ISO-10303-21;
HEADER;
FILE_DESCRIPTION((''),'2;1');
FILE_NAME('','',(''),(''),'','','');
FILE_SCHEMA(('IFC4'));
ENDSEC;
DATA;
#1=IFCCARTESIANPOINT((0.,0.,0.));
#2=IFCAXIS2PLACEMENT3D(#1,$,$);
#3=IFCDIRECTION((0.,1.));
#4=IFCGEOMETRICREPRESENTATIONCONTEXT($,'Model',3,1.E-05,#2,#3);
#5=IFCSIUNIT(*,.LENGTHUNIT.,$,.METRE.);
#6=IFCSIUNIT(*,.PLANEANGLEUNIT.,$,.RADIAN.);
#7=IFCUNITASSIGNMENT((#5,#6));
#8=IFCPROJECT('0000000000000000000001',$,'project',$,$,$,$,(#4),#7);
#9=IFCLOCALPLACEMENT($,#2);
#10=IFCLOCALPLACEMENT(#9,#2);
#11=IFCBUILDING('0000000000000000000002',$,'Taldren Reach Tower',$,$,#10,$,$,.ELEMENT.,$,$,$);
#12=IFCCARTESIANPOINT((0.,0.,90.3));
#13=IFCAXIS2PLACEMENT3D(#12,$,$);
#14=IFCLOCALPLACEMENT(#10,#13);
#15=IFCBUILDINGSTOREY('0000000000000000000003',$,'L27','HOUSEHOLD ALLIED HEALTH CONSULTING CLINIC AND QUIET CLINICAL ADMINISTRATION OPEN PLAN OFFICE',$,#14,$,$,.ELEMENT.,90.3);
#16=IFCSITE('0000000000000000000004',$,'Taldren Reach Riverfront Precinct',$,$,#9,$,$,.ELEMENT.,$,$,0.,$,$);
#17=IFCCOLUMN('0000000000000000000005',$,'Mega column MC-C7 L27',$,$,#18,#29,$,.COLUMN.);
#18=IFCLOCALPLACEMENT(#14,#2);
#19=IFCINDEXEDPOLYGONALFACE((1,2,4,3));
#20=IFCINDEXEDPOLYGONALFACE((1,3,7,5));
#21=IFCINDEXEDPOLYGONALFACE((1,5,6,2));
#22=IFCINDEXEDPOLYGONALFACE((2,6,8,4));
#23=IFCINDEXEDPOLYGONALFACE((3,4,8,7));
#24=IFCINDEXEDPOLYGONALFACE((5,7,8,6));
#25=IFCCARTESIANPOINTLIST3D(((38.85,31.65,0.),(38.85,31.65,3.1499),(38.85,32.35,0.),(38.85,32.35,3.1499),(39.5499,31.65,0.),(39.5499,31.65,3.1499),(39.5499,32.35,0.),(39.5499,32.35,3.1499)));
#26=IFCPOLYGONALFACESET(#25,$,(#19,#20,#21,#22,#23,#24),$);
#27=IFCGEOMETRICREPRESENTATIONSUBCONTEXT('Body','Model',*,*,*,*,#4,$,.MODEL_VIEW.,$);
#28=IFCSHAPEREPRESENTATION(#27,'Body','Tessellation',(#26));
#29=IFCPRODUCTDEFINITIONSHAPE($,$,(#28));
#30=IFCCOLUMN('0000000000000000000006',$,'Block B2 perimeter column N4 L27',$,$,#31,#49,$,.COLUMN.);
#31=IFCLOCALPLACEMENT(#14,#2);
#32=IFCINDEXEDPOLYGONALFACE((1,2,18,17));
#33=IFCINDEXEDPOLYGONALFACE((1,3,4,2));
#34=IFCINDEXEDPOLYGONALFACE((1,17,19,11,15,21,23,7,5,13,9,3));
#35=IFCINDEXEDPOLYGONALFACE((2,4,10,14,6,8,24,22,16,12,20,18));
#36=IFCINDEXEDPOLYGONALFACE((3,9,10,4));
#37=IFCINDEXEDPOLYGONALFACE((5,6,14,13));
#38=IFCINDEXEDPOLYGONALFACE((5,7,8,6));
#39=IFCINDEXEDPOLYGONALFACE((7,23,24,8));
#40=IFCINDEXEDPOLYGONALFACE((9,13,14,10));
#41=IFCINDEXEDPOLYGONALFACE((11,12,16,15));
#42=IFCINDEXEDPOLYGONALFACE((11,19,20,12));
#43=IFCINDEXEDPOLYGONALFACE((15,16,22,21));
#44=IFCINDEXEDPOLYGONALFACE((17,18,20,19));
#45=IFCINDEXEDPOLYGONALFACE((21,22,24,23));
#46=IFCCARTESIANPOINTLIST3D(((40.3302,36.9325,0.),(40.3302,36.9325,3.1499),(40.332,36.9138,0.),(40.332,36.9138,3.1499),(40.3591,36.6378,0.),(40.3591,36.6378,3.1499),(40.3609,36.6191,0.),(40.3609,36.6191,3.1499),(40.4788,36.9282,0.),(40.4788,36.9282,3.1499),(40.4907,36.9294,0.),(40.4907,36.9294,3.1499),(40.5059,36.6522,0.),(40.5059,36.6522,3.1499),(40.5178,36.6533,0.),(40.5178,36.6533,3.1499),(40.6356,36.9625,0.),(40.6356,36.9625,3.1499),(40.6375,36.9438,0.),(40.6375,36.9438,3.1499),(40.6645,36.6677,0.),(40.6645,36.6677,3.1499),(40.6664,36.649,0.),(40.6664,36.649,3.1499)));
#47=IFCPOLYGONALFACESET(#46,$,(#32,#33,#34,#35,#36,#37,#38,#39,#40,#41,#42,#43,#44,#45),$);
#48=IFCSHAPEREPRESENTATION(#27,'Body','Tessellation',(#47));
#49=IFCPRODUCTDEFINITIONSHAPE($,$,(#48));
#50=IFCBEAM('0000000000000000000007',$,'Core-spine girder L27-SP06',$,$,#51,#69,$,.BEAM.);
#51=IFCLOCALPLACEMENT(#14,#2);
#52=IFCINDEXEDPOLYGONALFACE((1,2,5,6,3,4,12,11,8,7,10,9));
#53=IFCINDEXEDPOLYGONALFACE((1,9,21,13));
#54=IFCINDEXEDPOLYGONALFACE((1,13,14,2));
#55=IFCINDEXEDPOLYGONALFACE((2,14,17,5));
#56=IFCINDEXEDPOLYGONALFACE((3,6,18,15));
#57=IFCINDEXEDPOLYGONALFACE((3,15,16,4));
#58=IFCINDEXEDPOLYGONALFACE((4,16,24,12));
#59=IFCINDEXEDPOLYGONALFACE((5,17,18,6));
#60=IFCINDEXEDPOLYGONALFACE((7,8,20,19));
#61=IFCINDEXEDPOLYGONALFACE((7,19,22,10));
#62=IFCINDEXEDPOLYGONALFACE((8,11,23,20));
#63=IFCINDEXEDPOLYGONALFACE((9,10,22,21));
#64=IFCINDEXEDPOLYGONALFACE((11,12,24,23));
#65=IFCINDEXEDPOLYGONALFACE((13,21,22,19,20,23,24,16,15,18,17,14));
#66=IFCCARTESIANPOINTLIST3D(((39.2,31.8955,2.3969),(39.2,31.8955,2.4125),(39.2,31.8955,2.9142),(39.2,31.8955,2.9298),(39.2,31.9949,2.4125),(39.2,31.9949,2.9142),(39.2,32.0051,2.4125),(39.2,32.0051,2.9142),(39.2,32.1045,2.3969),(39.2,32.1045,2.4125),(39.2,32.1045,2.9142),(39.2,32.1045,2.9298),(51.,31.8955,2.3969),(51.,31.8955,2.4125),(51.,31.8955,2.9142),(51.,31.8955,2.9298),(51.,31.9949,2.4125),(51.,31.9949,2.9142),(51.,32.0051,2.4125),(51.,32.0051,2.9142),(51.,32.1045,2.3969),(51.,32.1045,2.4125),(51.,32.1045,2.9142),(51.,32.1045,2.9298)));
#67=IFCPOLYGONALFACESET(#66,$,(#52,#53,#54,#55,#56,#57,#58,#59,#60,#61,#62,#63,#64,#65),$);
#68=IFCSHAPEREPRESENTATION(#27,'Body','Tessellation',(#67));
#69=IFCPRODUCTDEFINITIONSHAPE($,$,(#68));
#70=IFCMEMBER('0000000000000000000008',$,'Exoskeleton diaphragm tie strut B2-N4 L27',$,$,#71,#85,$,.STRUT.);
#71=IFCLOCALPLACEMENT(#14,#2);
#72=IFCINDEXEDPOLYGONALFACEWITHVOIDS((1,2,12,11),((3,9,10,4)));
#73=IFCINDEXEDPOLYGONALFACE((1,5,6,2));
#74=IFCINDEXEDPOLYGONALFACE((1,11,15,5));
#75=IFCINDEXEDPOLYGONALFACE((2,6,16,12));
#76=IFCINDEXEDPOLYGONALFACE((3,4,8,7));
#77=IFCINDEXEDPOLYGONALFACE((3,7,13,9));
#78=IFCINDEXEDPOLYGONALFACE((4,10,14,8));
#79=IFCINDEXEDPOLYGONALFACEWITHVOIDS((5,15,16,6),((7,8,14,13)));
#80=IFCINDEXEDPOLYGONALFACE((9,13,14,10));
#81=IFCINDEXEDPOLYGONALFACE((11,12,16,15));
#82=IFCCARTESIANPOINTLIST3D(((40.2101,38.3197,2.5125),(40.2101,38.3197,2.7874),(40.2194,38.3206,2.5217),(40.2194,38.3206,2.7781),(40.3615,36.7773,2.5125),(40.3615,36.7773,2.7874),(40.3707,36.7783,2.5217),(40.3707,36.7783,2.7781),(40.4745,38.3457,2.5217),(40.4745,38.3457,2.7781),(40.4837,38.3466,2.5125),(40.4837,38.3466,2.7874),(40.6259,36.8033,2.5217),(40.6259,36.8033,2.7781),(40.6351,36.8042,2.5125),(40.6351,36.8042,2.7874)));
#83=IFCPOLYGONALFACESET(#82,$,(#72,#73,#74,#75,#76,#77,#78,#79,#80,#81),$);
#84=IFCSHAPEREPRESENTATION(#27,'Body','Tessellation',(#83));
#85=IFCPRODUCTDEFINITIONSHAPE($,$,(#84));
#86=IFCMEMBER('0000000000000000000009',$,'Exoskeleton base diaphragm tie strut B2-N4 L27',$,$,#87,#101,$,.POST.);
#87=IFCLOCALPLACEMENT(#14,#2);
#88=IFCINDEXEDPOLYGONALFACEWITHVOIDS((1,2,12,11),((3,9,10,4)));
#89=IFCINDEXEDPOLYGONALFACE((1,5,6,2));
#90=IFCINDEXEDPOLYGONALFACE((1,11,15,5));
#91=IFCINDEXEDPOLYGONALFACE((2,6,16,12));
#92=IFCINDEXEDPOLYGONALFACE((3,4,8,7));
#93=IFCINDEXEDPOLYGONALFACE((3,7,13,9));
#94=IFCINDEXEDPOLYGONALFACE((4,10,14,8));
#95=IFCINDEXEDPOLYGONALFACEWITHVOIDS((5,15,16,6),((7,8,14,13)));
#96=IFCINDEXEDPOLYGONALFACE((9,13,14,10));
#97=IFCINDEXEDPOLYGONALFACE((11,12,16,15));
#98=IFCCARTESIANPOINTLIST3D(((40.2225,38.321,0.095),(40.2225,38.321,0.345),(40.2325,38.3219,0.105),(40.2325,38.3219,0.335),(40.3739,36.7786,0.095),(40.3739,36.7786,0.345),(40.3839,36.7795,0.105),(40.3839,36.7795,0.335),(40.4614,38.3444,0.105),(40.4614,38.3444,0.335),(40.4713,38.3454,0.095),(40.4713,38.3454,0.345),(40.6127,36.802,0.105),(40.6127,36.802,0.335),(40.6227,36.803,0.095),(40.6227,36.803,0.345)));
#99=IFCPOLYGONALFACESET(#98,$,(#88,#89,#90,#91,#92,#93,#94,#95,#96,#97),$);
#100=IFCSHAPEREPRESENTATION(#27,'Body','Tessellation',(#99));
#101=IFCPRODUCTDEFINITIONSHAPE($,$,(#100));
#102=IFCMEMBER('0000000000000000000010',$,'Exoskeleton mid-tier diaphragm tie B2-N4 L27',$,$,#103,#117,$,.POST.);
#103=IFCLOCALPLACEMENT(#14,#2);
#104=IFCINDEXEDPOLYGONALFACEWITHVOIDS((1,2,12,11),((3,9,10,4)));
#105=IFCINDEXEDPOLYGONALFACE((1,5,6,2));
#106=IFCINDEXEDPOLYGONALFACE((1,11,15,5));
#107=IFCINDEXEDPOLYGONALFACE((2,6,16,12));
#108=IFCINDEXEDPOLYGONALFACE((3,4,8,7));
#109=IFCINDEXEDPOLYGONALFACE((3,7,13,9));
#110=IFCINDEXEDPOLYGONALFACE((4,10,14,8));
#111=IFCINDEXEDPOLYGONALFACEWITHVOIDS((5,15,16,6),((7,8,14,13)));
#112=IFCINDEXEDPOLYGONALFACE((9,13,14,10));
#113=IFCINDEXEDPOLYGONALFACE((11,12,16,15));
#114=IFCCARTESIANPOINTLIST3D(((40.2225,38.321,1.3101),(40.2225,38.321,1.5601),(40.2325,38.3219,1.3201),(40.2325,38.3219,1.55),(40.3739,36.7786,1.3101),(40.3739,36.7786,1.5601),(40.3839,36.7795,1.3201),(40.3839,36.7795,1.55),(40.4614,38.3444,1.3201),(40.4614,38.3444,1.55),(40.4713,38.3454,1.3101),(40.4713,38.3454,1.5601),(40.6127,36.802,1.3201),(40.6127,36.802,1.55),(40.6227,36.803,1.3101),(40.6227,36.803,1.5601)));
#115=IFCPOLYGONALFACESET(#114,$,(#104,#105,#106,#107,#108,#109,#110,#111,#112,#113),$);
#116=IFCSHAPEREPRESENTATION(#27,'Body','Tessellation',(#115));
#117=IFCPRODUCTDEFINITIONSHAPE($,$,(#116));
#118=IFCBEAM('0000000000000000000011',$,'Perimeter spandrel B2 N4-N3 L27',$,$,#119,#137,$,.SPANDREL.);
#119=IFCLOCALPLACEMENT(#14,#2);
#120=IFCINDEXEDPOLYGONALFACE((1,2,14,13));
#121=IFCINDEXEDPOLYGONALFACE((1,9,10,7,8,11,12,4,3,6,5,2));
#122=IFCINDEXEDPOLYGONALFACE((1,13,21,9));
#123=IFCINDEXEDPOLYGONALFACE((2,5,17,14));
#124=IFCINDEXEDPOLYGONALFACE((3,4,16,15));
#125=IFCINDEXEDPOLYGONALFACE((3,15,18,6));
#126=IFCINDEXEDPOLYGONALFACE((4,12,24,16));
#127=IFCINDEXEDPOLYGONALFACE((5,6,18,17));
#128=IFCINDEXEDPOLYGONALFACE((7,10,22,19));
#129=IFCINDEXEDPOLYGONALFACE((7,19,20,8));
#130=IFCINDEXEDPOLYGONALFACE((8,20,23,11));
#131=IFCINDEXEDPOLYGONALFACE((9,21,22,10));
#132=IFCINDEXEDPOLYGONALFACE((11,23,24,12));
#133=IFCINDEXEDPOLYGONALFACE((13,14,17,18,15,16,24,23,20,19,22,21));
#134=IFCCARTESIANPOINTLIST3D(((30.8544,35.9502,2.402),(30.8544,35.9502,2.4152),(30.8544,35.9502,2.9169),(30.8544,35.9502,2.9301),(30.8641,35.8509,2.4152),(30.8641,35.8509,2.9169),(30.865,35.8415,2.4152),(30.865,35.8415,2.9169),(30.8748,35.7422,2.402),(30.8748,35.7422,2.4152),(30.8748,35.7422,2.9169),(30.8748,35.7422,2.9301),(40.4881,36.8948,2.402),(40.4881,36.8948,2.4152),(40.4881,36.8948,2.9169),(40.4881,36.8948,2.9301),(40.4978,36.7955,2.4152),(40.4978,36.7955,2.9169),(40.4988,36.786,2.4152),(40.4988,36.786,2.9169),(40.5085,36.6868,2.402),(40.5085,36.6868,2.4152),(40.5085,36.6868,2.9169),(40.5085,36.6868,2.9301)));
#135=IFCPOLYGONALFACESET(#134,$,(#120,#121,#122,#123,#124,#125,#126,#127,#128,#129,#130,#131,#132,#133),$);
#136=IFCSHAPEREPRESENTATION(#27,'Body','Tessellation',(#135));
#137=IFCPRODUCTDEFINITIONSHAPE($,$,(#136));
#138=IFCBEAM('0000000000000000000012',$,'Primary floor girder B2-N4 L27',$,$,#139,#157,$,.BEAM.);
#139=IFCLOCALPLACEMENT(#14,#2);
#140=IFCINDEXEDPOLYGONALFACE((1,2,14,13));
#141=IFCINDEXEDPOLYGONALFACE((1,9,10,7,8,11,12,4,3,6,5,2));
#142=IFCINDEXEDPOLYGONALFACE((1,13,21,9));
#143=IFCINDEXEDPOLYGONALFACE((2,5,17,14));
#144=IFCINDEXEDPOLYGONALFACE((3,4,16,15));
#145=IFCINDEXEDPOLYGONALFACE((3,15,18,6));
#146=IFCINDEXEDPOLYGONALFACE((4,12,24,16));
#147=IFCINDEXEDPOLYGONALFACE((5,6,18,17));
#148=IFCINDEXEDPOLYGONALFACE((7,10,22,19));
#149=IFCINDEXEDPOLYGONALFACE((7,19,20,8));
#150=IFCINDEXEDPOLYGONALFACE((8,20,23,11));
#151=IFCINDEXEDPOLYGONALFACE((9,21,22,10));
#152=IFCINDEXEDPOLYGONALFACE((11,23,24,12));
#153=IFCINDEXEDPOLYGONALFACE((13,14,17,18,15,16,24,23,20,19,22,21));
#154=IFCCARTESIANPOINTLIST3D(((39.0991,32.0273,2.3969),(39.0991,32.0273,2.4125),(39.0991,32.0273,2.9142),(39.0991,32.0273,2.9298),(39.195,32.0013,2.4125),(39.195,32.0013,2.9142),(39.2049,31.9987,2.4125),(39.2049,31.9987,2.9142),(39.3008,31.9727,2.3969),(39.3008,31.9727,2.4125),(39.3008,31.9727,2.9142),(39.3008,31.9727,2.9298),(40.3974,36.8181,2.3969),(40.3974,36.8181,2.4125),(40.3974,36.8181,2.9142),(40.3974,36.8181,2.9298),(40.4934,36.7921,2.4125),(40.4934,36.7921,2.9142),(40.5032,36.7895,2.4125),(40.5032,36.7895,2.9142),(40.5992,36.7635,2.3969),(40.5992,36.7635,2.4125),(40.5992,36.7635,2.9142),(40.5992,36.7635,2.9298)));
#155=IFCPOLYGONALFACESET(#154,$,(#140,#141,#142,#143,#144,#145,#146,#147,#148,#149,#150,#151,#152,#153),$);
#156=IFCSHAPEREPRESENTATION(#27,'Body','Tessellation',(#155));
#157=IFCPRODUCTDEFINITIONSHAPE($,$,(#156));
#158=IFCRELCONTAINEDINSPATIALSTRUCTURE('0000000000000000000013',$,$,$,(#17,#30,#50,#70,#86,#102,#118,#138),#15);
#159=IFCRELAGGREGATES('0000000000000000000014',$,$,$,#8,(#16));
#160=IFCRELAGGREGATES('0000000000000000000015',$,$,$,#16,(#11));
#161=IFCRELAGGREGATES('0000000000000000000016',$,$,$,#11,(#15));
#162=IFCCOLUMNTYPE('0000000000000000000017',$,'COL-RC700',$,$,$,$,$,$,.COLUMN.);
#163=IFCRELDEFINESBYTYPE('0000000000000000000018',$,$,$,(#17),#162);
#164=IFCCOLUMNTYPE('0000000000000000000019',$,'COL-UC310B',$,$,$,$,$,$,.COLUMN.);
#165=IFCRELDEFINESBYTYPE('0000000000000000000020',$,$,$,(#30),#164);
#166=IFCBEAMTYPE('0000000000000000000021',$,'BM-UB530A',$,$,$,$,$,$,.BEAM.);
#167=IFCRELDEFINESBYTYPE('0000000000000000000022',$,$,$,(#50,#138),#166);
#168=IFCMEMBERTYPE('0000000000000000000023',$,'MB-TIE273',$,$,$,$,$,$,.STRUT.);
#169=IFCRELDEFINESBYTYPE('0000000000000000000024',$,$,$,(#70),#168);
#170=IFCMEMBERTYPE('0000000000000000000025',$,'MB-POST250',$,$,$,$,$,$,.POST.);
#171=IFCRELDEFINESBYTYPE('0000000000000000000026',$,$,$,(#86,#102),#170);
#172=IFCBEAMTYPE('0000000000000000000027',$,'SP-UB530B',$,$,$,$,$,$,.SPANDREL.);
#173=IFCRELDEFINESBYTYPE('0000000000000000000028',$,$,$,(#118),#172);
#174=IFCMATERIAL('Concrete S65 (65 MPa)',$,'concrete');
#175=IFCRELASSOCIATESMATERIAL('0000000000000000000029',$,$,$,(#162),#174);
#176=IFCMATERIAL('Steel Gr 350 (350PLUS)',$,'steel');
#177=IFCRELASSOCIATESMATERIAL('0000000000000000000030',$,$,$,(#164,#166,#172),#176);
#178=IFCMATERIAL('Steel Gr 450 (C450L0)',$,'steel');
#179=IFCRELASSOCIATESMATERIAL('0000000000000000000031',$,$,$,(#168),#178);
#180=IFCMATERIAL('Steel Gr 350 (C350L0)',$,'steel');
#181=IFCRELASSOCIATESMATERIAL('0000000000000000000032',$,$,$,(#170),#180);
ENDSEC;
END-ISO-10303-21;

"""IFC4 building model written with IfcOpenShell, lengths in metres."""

from ifc_helpers import new_model, si_unit, direction, frame, origin, origin_2d, place, context, subcontext, project, spatial, rectangle, hollow_rectangle, i_section, extrude, source, transform, mapped, material, material_profile, profile_set, type_object, element, save


model = new_model("IFC4")

# Units and contexts
model_context = context("Model", 3, precision=1e-05, world=origin(), true_north=direction((0.0, 1.0)))
body_context = subcontext(model_context, "Body", "Model", "MODEL_VIEW")
ifc_project = project(units=[si_unit("LENGTHUNIT", "METRE"), si_unit("PLANEANGLEUNIT", "RADIAN")], contexts=[model_context])

# Site, building, storey
site_placement = place(None, origin())
site = spatial("IfcSite", under=ifc_project, at=site_placement, Name="Taldren Reach Riverfront Precinct", CompositionType="ELEMENT", RefElevation=0.0)
building_placement = place(site_placement, origin())
building = spatial("IfcBuilding", under=site, at=building_placement, Name="Taldren Reach Tower", CompositionType="ELEMENT")
storey_placement = place(building_placement, frame((0.0, 0.0, 90.3)))
storey = spatial("IfcBuildingStorey", under=building, at=storey_placement, Name="L27", Description="HOUSEHOLD ALLIED HEALTH CONSULTING CLINIC AND QUIET CLINICAL ADMINISTRATION OPEN PLAN OFFICE", CompositionType="ELEMENT", Elevation=90.3)

# Columns
ifc_material_1 = material(Name="Concrete S65 (65 MPa)", Category="concrete")
ifc_material_profile_1 = material_profile(ifc_material_1, rectangle(XDim=0.7, YDim=0.7, at=origin_2d()), Name="RC-700x700")
ifc_profile_set_1 = profile_set([ifc_material_profile_1], Name="Concrete S65 (65 MPa)")
column_type_1 = type_object("IfcColumnType", Name="COL-RC700", PredefinedType="COLUMN", material=ifc_profile_set_1)
shared_shape_1 = source(origin(), body_context, "Body", "SweptSolid", [
    extrude(rectangle(XDim=0.7, YDim=0.7, at=origin_2d()), origin(), (0.0, 0.0, 1.0), 3.1499),
])
column_1_placement = place(storey_placement, frame((39.2, 32.0, 0.0), z_axis=(0.0, 0.0, 1.0), x_axis=(1.0, 0.0, 0.0)))
element("IfcColumn", 1, at=column_1_placement, inside=storey, type_object=column_type_1, Name="Mega column MC-C7 L27", PredefinedType="COLUMN", context=body_context, shape_type="MappedRepresentation", body=[
    mapped(shared_shape_1, transform((0.0, 0.0, 0.0), scale=1.0)),
])
ifc_material_2 = material(Name="Steel Gr 350 (350PLUS)", Category="steel")
ifc_material_profile_2 = material_profile(ifc_material_2, i_section(OverallWidth=0.3069, OverallDepth=0.3149, WebThickness=0.012, FlangeThickness=0.0188, at=origin_2d()), Name="310UC118")
ifc_profile_set_2 = profile_set([ifc_material_profile_2], Name="Steel Gr 350 (350PLUS)")
column_type_2 = type_object("IfcColumnType", Name="COL-UC310B", PredefinedType="COLUMN", material=ifc_profile_set_2)
shared_shape_2 = source(origin(), body_context, "Body", "SweptSolid", [
    extrude(i_section(OverallWidth=0.3069, OverallDepth=0.3149, WebThickness=0.012, FlangeThickness=0.0188, at=origin_2d()), origin(), (0.0, 0.0, 1.0), 3.1499),
])
column_2_placement = place(storey_placement, frame((40.4983, 36.7908, 0.0), z_axis=(0.0, 0.0, 1.0), x_axis=(0.995227, 0.097583, 0.0)))
element("IfcColumn", 2, at=column_2_placement, inside=storey, type_object=column_type_2, Name="Block B2 perimeter column N4 L27", PredefinedType="COLUMN", context=body_context, shape_type="MappedRepresentation", body=[
    mapped(shared_shape_2, transform((0.0, 0.0, 0.0), scale=1.0)),
])

# Beam
ifc_material_profile_3 = material_profile(ifc_material_2, i_section(OverallWidth=0.209, OverallDepth=0.533, WebThickness=0.0103, FlangeThickness=0.0156, at=origin_2d()), Name="530UB92.4")
ifc_profile_set_3 = profile_set([ifc_material_profile_3], Name="Steel Gr 350 (350PLUS)")
beam_type_1 = type_object("IfcBeamType", Name="BM-UB530A", PredefinedType="BEAM", material=ifc_profile_set_3)
shared_shape_3 = source(origin(), body_context, "Body", "SweptSolid", [
    extrude(i_section(OverallWidth=0.209, OverallDepth=0.533, WebThickness=0.0103, FlangeThickness=0.0156, at=origin_2d()), origin(), (0.0, 0.0, 1.0), 11.8),
])
beam_1_placement = place(storey_placement, frame((39.2, 32.0, 2.6633), z_axis=(1.0, 0.0, 0.0), x_axis=(0.0, 1.0, 0.0)))
element("IfcBeam", 3, at=beam_1_placement, inside=storey, type_object=beam_type_1, Name="Core-spine girder L27-SP06", PredefinedType="BEAM", context=body_context, shape_type="MappedRepresentation", body=[
    mapped(shared_shape_3, transform((0.0, 0.0, 0.0), scale=1.0)),
])

# Members
ifc_material_3 = material(Name="Steel Gr 450 (C450L0)", Category="steel")
ifc_material_profile_4 = material_profile(ifc_material_3, hollow_rectangle(XDim=0.2749, YDim=0.2749, WallThickness=0.0093, at=origin_2d()), Name="275x275x9.3SHS")
ifc_profile_set_4 = profile_set([ifc_material_profile_4], Name="Steel Gr 450 (C450L0)")
member_type_1 = type_object("IfcMemberType", Name="MB-TIE273", PredefinedType="STRUT", material=ifc_profile_set_4)
shared_shape_4 = source(origin(), body_context, "Body", "SweptSolid", [
    extrude(hollow_rectangle(XDim=0.2749, YDim=0.2749, WallThickness=0.0093, at=origin_2d()), origin(), (0.0, 0.0, 1.0), 1.5498),
])
member_1_placement = place(storey_placement, frame((40.4983, 36.7908, 2.6499), z_axis=(-0.097663, 0.99522, 0.0), x_axis=(-0.99522, -0.097663, 0.0)))
element("IfcMember", 4, at=member_1_placement, inside=storey, type_object=member_type_1, Name="Exoskeleton diaphragm tie strut B2-N4 L27", PredefinedType="STRUT", context=body_context, shape_type="MappedRepresentation", body=[
    mapped(shared_shape_4, transform((0.0, 0.0, 0.0), scale=1.0)),
])
ifc_material_4 = material(Name="Steel Gr 350 (C350L0)", Category="steel")
ifc_material_profile_5 = material_profile(ifc_material_4, hollow_rectangle(XDim=0.25, YDim=0.25, WallThickness=0.01, at=origin_2d()), Name="250x250x10.0SHS")
ifc_profile_set_5 = profile_set([ifc_material_profile_5], Name="Steel Gr 350 (C350L0)")
member_type_2 = type_object("IfcMemberType", Name="MB-POST250", PredefinedType="POST", material=ifc_profile_set_5)
shared_shape_5 = source(origin(), body_context, "Body", "SweptSolid", [
    extrude(hollow_rectangle(XDim=0.25, YDim=0.25, WallThickness=0.01, at=origin_2d()), origin(), (0.0, 0.0, 1.0), 1.5498),
])
for number, where, z_axis, x_axis, name in (
    (5, (40.4983, 36.7908, 0.22), (-0.097663, 0.99522, 0.0), (-0.99522, -0.097663, 0.0), "Exoskeleton base diaphragm tie strut B2-N4 L27"),
    (6, (40.4983, 36.7908, 1.4351), (-0.097663, 0.99522, 0.0), (-0.99522, -0.097663, 0.0), "Exoskeleton mid-tier diaphragm tie B2-N4 L27"),
):
    element("IfcMember", number, at=place(storey_placement, frame(where, z_axis=z_axis, x_axis=x_axis)), inside=storey, type_object=member_type_2, Name=name, PredefinedType="POST", context=body_context, shape_type="MappedRepresentation", body=[
        mapped(shared_shape_5, transform((0.0, 0.0, 0.0), scale=1.0)),
    ])

# Beams
ifc_material_profile_6 = material_profile(ifc_material_2, i_section(OverallWidth=0.209, OverallDepth=0.5281, WebThickness=0.0095, FlangeThickness=0.0132, at=origin_2d()), Name="530UB82.0")
ifc_profile_set_6 = profile_set([ifc_material_profile_6], Name="Steel Gr 350 (350PLUS)")
beam_type_2 = type_object("IfcBeamType", Name="SP-UB530B", PredefinedType="SPANDREL", material=ifc_profile_set_6)
shared_shape_6 = source(origin(), body_context, "Body", "SweptSolid", [
    extrude(i_section(OverallWidth=0.209, OverallDepth=0.5281, WebThickness=0.0095, FlangeThickness=0.0132, at=origin_2d()), origin(), (0.0, 0.0, 1.0), 9.6799),
])
beam_2_placement = place(storey_placement, frame((40.4983, 36.7908, 2.666), z_axis=(-0.995228, -0.097581, 0.0), x_axis=(0.097581, -0.995228, 0.0)))
element("IfcBeam", 7, at=beam_2_placement, inside=storey, type_object=beam_type_2, Name="Perimeter spandrel B2 N4-N3 L27", PredefinedType="SPANDREL", context=body_context, shape_type="MappedRepresentation", body=[
    mapped(shared_shape_6, transform((0.0, 0.0, 0.0), scale=1.0)),
])
shared_shape_7 = source(origin(), body_context, "Body", "SweptSolid", [
    extrude(i_section(OverallWidth=0.209, OverallDepth=0.533, WebThickness=0.0103, FlangeThickness=0.0156, at=origin_2d()), origin(), (0.0, 0.0, 1.0), 4.9636),
])
beam_3_placement = place(storey_placement, frame((39.2, 32.0, 2.6633), z_axis=(0.261573, 0.965184, 0.0), x_axis=(-0.965184, 0.261573, 0.0)))
element("IfcBeam", 8, at=beam_3_placement, inside=storey, type_object=beam_type_1, Name="Primary floor girder B2-N4 L27", PredefinedType="BEAM", context=body_context, shape_type="MappedRepresentation", body=[
    mapped(shared_shape_7, transform((0.0, 0.0, 0.0), scale=1.0)),
])

save(model, "model.ifc")
